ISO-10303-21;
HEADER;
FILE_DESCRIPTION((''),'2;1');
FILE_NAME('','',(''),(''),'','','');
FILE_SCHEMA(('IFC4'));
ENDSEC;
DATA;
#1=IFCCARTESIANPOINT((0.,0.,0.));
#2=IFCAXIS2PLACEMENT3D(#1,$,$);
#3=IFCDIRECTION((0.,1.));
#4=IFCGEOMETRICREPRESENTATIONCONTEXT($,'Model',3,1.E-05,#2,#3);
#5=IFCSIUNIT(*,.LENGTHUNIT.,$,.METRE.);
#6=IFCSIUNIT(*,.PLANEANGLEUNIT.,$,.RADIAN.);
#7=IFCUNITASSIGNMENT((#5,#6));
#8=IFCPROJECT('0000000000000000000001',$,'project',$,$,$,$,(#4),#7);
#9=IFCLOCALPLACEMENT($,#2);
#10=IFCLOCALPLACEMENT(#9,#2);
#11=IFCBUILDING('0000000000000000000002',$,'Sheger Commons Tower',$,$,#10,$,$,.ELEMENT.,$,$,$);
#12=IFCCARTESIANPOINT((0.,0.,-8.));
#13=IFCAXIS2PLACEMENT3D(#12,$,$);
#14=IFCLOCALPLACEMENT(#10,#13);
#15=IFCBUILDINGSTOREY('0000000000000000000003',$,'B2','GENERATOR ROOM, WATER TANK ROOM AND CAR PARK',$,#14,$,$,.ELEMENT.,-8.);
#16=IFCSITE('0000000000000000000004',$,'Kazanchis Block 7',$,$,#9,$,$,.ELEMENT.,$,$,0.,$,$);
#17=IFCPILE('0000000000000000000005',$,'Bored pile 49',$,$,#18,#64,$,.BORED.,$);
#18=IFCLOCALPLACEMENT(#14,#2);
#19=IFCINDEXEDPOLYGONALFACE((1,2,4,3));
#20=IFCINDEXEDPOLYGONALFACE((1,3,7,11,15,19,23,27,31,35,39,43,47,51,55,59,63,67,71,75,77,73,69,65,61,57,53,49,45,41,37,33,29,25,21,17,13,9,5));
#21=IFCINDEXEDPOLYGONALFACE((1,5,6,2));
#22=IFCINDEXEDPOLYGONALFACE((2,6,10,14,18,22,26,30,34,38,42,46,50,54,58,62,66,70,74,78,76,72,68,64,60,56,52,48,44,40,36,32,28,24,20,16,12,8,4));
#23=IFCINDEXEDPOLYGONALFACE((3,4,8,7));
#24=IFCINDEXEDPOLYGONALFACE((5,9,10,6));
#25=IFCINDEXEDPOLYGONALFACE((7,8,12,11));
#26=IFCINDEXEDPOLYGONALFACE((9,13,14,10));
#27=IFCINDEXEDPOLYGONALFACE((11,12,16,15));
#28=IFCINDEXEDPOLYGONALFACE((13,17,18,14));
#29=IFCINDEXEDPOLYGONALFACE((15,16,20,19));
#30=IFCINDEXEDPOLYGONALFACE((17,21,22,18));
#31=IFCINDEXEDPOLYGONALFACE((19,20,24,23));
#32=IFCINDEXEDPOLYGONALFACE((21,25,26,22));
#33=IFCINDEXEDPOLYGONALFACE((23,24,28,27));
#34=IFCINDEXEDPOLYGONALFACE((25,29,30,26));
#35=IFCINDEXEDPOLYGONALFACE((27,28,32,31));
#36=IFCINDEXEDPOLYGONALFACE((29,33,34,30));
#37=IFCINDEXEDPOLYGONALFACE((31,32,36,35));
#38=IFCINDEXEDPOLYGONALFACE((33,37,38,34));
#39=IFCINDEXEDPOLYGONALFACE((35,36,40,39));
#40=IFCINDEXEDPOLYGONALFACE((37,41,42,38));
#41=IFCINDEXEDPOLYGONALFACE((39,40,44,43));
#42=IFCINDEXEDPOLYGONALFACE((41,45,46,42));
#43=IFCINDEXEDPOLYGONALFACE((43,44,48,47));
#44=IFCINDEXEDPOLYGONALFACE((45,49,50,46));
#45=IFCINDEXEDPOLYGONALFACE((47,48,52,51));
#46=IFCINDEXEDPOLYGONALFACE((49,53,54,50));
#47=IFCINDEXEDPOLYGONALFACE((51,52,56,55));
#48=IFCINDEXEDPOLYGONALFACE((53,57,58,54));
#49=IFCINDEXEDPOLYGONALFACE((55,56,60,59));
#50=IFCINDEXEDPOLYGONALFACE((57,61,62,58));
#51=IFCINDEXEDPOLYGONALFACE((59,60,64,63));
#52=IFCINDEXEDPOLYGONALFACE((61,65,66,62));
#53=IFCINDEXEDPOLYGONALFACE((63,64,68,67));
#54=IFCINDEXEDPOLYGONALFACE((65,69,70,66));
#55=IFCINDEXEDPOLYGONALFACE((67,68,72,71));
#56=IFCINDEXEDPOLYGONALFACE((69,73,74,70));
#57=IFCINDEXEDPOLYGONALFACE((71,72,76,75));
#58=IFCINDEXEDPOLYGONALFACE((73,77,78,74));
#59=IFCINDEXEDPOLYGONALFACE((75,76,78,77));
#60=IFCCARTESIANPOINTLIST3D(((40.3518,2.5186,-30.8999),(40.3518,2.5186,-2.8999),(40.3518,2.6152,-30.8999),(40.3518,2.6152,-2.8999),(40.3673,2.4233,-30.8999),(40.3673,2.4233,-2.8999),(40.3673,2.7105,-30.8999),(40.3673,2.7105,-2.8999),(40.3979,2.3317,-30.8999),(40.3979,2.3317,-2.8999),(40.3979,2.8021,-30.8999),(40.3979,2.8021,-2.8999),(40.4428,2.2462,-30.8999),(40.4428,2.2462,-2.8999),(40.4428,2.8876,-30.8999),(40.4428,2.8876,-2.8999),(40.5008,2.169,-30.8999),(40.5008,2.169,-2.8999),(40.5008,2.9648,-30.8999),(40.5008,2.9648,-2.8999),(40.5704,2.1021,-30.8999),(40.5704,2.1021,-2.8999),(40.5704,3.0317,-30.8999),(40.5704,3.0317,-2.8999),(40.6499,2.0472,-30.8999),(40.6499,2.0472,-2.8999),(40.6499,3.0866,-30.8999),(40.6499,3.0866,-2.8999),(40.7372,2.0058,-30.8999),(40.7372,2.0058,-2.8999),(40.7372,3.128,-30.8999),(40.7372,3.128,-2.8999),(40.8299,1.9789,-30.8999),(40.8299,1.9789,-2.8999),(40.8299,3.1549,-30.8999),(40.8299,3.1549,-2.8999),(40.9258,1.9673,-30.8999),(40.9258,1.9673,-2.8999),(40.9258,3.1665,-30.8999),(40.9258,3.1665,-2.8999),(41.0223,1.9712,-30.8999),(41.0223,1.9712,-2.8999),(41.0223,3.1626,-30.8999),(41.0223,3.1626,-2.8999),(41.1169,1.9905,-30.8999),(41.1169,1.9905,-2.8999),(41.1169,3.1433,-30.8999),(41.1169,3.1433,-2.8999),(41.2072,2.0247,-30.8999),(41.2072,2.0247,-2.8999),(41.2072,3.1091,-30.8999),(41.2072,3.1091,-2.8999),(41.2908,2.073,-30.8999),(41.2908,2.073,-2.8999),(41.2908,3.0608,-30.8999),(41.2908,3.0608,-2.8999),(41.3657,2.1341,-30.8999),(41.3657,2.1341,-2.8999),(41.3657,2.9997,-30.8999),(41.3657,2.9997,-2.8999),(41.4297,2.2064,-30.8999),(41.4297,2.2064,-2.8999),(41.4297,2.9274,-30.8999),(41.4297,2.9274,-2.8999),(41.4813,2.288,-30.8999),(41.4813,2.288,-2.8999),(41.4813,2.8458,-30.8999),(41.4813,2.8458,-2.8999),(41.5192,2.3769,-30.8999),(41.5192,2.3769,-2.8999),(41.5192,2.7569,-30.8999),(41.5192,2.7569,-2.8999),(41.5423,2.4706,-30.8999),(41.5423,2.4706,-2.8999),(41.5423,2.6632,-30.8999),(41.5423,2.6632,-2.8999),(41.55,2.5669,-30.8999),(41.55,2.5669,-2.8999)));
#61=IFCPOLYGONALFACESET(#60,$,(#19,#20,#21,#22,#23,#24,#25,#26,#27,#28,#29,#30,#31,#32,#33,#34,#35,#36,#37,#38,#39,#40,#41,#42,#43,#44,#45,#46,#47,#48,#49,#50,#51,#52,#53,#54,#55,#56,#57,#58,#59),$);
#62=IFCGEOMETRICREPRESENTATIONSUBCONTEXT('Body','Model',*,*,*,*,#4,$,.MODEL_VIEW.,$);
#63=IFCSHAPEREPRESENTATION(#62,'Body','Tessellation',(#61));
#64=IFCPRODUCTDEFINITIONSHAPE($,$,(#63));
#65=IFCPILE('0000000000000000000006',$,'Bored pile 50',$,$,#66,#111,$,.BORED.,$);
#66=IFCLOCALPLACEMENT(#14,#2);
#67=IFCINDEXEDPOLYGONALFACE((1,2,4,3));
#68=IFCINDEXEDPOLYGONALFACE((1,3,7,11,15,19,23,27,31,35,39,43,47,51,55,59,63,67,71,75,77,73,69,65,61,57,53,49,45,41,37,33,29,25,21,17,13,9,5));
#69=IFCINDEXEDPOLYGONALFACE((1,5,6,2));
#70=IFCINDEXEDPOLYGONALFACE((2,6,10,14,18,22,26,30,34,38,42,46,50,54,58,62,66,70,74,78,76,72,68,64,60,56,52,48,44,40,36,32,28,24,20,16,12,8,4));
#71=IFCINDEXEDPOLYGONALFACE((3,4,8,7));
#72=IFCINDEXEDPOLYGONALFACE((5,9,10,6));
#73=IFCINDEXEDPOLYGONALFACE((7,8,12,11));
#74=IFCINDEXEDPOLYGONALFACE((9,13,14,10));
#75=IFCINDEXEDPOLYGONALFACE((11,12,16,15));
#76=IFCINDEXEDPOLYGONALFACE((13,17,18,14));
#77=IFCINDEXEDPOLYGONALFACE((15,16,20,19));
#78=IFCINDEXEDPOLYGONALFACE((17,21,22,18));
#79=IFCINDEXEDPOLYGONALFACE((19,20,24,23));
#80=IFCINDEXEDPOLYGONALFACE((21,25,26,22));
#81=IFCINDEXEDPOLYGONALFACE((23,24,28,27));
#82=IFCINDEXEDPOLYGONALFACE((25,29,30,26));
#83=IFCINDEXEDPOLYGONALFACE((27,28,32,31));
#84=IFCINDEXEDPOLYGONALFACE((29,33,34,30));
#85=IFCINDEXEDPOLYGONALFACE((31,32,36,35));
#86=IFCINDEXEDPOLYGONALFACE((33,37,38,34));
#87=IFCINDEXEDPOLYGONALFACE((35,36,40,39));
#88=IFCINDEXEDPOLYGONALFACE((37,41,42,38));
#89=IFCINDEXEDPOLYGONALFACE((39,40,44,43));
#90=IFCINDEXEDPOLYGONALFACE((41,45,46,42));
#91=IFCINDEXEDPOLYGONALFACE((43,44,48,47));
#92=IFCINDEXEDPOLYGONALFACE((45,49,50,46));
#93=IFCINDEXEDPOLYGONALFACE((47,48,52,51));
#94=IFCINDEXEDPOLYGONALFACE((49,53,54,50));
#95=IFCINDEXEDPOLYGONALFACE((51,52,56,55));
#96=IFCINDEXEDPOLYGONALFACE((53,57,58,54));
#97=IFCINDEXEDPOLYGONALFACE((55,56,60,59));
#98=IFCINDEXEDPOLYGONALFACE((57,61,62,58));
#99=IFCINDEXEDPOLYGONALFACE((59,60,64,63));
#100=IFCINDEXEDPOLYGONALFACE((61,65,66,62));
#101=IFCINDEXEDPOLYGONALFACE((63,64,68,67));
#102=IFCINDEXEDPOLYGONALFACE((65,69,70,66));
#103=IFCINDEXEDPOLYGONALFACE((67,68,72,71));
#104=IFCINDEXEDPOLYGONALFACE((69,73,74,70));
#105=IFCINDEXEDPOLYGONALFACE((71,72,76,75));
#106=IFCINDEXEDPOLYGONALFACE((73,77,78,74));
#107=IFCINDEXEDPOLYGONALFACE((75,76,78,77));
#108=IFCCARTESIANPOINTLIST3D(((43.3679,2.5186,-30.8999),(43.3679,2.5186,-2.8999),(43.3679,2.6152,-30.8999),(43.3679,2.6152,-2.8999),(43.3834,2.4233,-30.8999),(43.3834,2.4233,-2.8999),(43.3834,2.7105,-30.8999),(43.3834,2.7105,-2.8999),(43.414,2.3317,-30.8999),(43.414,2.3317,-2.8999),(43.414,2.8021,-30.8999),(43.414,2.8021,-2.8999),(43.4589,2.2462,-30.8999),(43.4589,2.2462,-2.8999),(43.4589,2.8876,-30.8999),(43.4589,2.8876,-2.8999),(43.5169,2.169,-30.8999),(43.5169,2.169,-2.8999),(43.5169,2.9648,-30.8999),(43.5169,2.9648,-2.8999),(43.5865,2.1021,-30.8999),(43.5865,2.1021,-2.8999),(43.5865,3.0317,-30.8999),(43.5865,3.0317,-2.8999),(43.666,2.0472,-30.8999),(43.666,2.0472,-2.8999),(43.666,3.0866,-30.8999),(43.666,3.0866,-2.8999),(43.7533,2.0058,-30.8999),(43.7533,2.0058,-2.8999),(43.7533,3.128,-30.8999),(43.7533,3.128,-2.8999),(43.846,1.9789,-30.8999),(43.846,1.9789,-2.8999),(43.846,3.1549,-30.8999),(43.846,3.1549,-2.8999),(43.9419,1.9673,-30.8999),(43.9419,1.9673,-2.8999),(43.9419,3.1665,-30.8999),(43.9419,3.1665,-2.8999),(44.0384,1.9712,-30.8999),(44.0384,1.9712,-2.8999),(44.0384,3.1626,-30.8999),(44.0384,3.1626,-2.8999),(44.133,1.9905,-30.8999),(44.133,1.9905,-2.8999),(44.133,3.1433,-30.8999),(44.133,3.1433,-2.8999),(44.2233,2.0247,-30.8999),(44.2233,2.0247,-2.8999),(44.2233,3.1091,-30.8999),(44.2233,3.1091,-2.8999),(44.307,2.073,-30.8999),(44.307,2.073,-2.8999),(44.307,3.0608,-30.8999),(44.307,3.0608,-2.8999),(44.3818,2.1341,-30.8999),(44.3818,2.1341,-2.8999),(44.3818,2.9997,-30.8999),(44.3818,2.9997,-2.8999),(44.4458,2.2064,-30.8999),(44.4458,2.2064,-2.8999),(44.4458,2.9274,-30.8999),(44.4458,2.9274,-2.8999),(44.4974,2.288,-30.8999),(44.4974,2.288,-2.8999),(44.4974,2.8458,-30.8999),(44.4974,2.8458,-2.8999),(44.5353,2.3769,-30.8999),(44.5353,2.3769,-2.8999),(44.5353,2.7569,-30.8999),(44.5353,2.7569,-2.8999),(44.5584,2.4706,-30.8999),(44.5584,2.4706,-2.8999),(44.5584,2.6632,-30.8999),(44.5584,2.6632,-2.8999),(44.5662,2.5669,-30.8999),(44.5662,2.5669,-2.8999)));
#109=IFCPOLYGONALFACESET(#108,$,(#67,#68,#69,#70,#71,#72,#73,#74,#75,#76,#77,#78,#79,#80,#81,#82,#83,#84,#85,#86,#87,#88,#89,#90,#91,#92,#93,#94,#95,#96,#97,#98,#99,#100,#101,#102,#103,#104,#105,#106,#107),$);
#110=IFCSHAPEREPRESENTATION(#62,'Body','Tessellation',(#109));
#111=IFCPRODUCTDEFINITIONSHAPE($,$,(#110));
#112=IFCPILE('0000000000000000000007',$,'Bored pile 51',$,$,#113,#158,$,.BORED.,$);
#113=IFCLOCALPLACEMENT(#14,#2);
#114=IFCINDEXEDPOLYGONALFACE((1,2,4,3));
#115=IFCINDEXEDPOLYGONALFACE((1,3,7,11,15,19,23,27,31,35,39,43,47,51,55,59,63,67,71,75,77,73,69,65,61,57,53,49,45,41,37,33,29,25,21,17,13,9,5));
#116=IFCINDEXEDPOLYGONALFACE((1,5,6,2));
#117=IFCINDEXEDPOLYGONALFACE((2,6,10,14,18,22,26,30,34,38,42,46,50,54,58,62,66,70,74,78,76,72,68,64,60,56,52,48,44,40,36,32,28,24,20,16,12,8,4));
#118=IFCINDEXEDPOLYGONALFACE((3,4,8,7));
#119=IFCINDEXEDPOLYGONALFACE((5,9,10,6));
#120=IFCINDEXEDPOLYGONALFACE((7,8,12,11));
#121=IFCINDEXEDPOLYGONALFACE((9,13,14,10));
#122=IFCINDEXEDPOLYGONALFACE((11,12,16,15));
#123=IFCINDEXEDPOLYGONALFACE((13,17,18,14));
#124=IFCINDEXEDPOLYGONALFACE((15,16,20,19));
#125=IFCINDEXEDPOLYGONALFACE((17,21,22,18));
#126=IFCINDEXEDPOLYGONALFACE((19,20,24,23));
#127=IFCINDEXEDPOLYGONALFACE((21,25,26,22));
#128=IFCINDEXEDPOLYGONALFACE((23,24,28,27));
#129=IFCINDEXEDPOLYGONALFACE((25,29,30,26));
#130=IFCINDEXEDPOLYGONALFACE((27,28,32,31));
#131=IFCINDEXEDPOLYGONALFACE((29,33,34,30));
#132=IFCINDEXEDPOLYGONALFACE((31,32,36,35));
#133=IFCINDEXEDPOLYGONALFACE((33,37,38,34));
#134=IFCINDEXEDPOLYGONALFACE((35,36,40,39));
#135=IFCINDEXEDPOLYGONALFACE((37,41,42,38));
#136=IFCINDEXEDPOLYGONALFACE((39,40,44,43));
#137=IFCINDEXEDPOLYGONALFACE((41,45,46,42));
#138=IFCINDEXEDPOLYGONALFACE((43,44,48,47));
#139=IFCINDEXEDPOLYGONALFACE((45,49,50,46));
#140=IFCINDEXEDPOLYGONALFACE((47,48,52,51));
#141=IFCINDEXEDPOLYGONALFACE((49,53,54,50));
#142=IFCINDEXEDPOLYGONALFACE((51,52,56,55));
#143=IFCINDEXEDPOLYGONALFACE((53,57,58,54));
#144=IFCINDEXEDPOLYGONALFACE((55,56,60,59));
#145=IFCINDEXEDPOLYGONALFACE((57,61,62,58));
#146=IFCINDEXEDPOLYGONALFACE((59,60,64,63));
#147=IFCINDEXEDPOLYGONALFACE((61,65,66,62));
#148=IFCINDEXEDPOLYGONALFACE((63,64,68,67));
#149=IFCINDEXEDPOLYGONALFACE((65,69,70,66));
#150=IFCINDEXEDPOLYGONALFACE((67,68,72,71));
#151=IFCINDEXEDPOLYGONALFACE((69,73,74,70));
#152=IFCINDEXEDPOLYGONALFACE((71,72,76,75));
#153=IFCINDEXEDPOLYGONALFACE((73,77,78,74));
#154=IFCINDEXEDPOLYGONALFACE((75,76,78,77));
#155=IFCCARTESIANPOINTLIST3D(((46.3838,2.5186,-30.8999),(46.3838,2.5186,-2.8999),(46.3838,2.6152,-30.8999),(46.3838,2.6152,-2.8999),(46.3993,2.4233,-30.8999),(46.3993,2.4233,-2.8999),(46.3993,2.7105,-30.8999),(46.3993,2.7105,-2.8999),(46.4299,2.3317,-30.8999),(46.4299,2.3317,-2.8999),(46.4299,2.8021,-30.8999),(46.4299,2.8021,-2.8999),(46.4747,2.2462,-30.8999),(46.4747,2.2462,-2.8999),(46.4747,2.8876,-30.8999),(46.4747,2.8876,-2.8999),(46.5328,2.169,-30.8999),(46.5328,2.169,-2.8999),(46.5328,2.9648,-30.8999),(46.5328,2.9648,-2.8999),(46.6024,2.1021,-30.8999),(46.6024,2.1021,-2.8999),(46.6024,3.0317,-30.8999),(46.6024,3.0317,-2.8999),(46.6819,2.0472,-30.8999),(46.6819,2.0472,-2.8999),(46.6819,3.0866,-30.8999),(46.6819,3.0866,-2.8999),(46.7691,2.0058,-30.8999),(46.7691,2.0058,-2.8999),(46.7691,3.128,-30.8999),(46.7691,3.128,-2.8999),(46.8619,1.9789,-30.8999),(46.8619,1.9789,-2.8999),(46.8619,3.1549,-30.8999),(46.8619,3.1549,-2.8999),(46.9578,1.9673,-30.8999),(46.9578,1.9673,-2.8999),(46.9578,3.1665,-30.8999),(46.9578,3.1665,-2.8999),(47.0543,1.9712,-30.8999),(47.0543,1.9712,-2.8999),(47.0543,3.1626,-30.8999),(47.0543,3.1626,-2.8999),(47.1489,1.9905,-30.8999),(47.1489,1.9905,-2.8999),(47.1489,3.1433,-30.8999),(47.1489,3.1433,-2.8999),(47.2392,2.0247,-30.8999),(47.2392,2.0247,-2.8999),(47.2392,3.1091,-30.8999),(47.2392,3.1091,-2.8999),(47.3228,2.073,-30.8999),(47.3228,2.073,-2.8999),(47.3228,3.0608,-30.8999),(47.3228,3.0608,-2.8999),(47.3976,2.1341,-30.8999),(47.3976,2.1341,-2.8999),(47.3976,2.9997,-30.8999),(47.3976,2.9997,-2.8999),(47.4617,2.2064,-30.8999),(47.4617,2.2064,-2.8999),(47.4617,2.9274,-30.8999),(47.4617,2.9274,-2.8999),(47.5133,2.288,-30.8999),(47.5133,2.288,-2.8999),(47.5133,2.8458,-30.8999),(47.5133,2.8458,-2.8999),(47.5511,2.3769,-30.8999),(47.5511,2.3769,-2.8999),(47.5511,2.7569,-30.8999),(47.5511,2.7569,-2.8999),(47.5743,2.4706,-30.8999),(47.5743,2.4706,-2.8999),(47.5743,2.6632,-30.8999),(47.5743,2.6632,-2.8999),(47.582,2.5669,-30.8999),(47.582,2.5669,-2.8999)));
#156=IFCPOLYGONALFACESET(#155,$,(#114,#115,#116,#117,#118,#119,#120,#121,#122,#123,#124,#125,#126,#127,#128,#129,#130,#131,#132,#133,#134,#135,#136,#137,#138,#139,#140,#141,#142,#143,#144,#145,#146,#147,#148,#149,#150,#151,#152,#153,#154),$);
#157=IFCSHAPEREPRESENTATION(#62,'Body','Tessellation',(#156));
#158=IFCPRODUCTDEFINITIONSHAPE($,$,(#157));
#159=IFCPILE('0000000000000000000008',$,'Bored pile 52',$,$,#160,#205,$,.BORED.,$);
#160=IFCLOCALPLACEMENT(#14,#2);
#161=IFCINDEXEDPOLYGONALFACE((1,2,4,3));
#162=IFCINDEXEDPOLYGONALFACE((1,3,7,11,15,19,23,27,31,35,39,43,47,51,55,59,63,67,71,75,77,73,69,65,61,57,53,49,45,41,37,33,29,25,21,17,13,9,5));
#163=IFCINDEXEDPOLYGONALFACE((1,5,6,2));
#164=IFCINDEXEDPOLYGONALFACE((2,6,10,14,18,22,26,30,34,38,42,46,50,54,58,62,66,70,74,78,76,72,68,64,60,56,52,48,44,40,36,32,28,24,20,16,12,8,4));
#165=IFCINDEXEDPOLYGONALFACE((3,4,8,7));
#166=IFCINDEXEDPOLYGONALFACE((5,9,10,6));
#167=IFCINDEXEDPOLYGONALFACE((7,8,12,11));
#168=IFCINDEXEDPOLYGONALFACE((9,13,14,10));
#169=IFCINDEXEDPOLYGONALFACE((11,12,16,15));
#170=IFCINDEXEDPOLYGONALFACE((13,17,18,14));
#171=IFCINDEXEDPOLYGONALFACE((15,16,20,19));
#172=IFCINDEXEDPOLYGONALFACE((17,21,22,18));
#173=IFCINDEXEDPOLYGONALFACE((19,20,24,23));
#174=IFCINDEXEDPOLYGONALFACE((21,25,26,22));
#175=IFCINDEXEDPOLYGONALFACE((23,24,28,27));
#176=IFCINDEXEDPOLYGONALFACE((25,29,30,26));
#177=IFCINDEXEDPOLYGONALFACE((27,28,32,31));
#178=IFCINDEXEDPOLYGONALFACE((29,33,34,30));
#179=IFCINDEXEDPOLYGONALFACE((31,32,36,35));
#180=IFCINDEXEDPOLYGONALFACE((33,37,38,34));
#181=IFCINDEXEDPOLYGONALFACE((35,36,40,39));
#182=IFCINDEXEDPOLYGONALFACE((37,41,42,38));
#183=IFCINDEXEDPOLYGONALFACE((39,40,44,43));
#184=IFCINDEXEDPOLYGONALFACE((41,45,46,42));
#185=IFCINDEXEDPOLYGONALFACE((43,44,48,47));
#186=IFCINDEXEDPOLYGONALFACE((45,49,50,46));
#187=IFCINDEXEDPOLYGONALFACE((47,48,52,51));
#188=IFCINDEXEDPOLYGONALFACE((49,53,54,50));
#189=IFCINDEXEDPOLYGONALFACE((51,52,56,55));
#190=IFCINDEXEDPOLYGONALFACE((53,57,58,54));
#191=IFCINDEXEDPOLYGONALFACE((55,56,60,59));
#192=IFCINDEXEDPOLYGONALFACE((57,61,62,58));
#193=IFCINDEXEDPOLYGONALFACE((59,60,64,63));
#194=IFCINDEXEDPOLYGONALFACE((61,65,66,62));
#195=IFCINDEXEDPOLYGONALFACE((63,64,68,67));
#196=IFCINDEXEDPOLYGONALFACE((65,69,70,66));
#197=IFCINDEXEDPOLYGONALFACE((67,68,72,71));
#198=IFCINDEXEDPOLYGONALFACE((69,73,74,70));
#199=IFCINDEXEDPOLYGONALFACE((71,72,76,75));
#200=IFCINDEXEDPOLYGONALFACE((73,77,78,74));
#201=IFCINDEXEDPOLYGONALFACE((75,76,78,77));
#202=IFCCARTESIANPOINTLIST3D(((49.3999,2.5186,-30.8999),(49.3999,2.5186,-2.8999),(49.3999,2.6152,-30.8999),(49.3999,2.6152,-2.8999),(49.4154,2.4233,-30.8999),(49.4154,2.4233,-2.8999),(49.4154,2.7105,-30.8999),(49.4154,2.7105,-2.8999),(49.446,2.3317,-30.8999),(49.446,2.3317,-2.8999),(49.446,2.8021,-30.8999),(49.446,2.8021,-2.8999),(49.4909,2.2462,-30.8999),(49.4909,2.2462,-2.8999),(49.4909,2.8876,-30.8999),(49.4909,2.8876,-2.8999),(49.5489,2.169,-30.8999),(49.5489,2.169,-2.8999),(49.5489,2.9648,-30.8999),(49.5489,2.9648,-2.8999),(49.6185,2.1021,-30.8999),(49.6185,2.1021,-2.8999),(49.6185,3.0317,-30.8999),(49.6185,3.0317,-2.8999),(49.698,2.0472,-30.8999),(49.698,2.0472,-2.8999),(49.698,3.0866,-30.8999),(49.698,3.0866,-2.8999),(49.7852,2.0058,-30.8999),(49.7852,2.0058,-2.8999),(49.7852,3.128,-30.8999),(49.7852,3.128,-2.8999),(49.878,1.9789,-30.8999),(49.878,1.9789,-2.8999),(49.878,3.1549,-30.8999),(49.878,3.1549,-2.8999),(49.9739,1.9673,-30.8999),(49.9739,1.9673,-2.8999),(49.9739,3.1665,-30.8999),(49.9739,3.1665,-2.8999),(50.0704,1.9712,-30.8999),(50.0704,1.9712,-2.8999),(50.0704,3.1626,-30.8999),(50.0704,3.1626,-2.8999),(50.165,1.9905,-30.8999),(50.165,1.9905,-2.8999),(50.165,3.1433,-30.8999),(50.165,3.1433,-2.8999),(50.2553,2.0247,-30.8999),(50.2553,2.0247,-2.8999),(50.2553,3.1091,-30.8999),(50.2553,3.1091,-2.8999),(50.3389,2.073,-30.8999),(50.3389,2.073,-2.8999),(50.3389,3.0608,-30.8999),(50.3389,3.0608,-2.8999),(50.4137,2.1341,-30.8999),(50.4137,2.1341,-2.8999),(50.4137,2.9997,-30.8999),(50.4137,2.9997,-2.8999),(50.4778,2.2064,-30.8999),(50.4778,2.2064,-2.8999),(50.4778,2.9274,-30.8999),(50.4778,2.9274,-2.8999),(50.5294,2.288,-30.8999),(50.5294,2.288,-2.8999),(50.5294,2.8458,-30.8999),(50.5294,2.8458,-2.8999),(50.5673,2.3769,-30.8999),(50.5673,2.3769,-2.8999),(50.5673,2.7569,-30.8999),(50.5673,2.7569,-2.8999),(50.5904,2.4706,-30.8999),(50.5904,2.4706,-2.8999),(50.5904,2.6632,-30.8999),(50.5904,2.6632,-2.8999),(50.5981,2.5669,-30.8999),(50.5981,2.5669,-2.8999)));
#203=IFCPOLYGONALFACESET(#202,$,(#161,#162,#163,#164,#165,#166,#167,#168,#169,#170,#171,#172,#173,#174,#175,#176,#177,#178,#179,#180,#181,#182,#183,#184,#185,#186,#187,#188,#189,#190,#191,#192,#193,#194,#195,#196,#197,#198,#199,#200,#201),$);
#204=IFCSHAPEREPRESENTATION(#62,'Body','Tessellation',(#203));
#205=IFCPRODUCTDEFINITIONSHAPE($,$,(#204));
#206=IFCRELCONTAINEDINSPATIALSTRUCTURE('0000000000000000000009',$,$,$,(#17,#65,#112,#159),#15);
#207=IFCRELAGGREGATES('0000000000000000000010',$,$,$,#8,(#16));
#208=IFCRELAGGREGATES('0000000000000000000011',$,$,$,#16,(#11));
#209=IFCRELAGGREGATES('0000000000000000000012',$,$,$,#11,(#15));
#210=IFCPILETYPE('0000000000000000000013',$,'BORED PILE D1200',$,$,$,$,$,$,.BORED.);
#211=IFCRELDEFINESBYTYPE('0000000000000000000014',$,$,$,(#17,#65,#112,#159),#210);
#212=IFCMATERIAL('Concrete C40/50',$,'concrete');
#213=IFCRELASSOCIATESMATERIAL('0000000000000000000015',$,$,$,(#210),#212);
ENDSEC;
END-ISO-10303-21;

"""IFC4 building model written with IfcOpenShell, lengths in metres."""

from ifc_helpers import new_model, si_unit, direction, frame, origin, origin_2d, place, context, subcontext, project, spatial, circle, extrude, material, material_profile, profile_set, type_object, element, save


model = new_model("IFC4")

# Units and contexts
model_context = context("Model", 3, precision=1e-05, world=origin(), true_north=direction((0.0, 1.0)))
body_context = subcontext(model_context, "Body", "Model", "MODEL_VIEW")
ifc_project = project(units=[si_unit("LENGTHUNIT", "METRE"), si_unit("PLANEANGLEUNIT", "RADIAN")], contexts=[model_context])

# Site, building, storey
site_placement = place(None, origin())
site = spatial("IfcSite", under=ifc_project, at=site_placement, Name="Kazanchis Block 7", CompositionType="ELEMENT", RefElevation=0.0)
building_placement = place(site_placement, origin())
building = spatial("IfcBuilding", under=site, at=building_placement, Name="Sheger Commons Tower", CompositionType="ELEMENT")
storey_placement = place(building_placement, frame((0.0, 0.0, -8.0)))
storey = spatial("IfcBuildingStorey", under=building, at=storey_placement, Name="B2", Description="GENERATOR ROOM, WATER TANK ROOM AND CAR PARK", CompositionType="ELEMENT", Elevation=-8.0)

# Piles
ifc_material_1 = material(Name="Concrete C40/50", Category="concrete")
ifc_material_profile_1 = material_profile(ifc_material_1, circle(Radius=0.6001, at=origin_2d()), Name="PILE D1200")
ifc_profile_set_1 = profile_set([ifc_material_profile_1], Name="Concrete C40/50")
pile_type = type_object("IfcPileType", Name="BORED PILE D1200", PredefinedType="BORED", material=ifc_profile_set_1)
for number, where, z_axis, x_axis, name in (
    (1, (40.95, 2.5669, -2.8999), (0.0, 0.0, -1.0), (1.0, 0.0, 0.0), "Bored pile 49"),
    (2, (43.9661, 2.5669, -2.8999), (0.0, 0.0, -1.0), (1.0, 0.0, 0.0), "Bored pile 50"),
    (3, (46.9819, 2.5669, -2.8999), (0.0, 0.0, -1.0), (1.0, 0.0, 0.0), "Bored pile 51"),
    (4, (49.998, 2.5669, -2.8999), (0.0, 0.0, -1.0), (1.0, 0.0, 0.0), "Bored pile 52"),
):
    element("IfcPile", number, at=place(storey_placement, frame(where, z_axis=z_axis, x_axis=x_axis)), inside=storey, type_object=pile_type, Name=name, PredefinedType="BORED", context=body_context, shape_type="SweptSolid", body=[
        extrude(circle(Radius=0.6001, at=origin_2d()), origin(), (0.0, 0.0, 1.0), 28.0),
    ])

save(model, "model.ifc")
